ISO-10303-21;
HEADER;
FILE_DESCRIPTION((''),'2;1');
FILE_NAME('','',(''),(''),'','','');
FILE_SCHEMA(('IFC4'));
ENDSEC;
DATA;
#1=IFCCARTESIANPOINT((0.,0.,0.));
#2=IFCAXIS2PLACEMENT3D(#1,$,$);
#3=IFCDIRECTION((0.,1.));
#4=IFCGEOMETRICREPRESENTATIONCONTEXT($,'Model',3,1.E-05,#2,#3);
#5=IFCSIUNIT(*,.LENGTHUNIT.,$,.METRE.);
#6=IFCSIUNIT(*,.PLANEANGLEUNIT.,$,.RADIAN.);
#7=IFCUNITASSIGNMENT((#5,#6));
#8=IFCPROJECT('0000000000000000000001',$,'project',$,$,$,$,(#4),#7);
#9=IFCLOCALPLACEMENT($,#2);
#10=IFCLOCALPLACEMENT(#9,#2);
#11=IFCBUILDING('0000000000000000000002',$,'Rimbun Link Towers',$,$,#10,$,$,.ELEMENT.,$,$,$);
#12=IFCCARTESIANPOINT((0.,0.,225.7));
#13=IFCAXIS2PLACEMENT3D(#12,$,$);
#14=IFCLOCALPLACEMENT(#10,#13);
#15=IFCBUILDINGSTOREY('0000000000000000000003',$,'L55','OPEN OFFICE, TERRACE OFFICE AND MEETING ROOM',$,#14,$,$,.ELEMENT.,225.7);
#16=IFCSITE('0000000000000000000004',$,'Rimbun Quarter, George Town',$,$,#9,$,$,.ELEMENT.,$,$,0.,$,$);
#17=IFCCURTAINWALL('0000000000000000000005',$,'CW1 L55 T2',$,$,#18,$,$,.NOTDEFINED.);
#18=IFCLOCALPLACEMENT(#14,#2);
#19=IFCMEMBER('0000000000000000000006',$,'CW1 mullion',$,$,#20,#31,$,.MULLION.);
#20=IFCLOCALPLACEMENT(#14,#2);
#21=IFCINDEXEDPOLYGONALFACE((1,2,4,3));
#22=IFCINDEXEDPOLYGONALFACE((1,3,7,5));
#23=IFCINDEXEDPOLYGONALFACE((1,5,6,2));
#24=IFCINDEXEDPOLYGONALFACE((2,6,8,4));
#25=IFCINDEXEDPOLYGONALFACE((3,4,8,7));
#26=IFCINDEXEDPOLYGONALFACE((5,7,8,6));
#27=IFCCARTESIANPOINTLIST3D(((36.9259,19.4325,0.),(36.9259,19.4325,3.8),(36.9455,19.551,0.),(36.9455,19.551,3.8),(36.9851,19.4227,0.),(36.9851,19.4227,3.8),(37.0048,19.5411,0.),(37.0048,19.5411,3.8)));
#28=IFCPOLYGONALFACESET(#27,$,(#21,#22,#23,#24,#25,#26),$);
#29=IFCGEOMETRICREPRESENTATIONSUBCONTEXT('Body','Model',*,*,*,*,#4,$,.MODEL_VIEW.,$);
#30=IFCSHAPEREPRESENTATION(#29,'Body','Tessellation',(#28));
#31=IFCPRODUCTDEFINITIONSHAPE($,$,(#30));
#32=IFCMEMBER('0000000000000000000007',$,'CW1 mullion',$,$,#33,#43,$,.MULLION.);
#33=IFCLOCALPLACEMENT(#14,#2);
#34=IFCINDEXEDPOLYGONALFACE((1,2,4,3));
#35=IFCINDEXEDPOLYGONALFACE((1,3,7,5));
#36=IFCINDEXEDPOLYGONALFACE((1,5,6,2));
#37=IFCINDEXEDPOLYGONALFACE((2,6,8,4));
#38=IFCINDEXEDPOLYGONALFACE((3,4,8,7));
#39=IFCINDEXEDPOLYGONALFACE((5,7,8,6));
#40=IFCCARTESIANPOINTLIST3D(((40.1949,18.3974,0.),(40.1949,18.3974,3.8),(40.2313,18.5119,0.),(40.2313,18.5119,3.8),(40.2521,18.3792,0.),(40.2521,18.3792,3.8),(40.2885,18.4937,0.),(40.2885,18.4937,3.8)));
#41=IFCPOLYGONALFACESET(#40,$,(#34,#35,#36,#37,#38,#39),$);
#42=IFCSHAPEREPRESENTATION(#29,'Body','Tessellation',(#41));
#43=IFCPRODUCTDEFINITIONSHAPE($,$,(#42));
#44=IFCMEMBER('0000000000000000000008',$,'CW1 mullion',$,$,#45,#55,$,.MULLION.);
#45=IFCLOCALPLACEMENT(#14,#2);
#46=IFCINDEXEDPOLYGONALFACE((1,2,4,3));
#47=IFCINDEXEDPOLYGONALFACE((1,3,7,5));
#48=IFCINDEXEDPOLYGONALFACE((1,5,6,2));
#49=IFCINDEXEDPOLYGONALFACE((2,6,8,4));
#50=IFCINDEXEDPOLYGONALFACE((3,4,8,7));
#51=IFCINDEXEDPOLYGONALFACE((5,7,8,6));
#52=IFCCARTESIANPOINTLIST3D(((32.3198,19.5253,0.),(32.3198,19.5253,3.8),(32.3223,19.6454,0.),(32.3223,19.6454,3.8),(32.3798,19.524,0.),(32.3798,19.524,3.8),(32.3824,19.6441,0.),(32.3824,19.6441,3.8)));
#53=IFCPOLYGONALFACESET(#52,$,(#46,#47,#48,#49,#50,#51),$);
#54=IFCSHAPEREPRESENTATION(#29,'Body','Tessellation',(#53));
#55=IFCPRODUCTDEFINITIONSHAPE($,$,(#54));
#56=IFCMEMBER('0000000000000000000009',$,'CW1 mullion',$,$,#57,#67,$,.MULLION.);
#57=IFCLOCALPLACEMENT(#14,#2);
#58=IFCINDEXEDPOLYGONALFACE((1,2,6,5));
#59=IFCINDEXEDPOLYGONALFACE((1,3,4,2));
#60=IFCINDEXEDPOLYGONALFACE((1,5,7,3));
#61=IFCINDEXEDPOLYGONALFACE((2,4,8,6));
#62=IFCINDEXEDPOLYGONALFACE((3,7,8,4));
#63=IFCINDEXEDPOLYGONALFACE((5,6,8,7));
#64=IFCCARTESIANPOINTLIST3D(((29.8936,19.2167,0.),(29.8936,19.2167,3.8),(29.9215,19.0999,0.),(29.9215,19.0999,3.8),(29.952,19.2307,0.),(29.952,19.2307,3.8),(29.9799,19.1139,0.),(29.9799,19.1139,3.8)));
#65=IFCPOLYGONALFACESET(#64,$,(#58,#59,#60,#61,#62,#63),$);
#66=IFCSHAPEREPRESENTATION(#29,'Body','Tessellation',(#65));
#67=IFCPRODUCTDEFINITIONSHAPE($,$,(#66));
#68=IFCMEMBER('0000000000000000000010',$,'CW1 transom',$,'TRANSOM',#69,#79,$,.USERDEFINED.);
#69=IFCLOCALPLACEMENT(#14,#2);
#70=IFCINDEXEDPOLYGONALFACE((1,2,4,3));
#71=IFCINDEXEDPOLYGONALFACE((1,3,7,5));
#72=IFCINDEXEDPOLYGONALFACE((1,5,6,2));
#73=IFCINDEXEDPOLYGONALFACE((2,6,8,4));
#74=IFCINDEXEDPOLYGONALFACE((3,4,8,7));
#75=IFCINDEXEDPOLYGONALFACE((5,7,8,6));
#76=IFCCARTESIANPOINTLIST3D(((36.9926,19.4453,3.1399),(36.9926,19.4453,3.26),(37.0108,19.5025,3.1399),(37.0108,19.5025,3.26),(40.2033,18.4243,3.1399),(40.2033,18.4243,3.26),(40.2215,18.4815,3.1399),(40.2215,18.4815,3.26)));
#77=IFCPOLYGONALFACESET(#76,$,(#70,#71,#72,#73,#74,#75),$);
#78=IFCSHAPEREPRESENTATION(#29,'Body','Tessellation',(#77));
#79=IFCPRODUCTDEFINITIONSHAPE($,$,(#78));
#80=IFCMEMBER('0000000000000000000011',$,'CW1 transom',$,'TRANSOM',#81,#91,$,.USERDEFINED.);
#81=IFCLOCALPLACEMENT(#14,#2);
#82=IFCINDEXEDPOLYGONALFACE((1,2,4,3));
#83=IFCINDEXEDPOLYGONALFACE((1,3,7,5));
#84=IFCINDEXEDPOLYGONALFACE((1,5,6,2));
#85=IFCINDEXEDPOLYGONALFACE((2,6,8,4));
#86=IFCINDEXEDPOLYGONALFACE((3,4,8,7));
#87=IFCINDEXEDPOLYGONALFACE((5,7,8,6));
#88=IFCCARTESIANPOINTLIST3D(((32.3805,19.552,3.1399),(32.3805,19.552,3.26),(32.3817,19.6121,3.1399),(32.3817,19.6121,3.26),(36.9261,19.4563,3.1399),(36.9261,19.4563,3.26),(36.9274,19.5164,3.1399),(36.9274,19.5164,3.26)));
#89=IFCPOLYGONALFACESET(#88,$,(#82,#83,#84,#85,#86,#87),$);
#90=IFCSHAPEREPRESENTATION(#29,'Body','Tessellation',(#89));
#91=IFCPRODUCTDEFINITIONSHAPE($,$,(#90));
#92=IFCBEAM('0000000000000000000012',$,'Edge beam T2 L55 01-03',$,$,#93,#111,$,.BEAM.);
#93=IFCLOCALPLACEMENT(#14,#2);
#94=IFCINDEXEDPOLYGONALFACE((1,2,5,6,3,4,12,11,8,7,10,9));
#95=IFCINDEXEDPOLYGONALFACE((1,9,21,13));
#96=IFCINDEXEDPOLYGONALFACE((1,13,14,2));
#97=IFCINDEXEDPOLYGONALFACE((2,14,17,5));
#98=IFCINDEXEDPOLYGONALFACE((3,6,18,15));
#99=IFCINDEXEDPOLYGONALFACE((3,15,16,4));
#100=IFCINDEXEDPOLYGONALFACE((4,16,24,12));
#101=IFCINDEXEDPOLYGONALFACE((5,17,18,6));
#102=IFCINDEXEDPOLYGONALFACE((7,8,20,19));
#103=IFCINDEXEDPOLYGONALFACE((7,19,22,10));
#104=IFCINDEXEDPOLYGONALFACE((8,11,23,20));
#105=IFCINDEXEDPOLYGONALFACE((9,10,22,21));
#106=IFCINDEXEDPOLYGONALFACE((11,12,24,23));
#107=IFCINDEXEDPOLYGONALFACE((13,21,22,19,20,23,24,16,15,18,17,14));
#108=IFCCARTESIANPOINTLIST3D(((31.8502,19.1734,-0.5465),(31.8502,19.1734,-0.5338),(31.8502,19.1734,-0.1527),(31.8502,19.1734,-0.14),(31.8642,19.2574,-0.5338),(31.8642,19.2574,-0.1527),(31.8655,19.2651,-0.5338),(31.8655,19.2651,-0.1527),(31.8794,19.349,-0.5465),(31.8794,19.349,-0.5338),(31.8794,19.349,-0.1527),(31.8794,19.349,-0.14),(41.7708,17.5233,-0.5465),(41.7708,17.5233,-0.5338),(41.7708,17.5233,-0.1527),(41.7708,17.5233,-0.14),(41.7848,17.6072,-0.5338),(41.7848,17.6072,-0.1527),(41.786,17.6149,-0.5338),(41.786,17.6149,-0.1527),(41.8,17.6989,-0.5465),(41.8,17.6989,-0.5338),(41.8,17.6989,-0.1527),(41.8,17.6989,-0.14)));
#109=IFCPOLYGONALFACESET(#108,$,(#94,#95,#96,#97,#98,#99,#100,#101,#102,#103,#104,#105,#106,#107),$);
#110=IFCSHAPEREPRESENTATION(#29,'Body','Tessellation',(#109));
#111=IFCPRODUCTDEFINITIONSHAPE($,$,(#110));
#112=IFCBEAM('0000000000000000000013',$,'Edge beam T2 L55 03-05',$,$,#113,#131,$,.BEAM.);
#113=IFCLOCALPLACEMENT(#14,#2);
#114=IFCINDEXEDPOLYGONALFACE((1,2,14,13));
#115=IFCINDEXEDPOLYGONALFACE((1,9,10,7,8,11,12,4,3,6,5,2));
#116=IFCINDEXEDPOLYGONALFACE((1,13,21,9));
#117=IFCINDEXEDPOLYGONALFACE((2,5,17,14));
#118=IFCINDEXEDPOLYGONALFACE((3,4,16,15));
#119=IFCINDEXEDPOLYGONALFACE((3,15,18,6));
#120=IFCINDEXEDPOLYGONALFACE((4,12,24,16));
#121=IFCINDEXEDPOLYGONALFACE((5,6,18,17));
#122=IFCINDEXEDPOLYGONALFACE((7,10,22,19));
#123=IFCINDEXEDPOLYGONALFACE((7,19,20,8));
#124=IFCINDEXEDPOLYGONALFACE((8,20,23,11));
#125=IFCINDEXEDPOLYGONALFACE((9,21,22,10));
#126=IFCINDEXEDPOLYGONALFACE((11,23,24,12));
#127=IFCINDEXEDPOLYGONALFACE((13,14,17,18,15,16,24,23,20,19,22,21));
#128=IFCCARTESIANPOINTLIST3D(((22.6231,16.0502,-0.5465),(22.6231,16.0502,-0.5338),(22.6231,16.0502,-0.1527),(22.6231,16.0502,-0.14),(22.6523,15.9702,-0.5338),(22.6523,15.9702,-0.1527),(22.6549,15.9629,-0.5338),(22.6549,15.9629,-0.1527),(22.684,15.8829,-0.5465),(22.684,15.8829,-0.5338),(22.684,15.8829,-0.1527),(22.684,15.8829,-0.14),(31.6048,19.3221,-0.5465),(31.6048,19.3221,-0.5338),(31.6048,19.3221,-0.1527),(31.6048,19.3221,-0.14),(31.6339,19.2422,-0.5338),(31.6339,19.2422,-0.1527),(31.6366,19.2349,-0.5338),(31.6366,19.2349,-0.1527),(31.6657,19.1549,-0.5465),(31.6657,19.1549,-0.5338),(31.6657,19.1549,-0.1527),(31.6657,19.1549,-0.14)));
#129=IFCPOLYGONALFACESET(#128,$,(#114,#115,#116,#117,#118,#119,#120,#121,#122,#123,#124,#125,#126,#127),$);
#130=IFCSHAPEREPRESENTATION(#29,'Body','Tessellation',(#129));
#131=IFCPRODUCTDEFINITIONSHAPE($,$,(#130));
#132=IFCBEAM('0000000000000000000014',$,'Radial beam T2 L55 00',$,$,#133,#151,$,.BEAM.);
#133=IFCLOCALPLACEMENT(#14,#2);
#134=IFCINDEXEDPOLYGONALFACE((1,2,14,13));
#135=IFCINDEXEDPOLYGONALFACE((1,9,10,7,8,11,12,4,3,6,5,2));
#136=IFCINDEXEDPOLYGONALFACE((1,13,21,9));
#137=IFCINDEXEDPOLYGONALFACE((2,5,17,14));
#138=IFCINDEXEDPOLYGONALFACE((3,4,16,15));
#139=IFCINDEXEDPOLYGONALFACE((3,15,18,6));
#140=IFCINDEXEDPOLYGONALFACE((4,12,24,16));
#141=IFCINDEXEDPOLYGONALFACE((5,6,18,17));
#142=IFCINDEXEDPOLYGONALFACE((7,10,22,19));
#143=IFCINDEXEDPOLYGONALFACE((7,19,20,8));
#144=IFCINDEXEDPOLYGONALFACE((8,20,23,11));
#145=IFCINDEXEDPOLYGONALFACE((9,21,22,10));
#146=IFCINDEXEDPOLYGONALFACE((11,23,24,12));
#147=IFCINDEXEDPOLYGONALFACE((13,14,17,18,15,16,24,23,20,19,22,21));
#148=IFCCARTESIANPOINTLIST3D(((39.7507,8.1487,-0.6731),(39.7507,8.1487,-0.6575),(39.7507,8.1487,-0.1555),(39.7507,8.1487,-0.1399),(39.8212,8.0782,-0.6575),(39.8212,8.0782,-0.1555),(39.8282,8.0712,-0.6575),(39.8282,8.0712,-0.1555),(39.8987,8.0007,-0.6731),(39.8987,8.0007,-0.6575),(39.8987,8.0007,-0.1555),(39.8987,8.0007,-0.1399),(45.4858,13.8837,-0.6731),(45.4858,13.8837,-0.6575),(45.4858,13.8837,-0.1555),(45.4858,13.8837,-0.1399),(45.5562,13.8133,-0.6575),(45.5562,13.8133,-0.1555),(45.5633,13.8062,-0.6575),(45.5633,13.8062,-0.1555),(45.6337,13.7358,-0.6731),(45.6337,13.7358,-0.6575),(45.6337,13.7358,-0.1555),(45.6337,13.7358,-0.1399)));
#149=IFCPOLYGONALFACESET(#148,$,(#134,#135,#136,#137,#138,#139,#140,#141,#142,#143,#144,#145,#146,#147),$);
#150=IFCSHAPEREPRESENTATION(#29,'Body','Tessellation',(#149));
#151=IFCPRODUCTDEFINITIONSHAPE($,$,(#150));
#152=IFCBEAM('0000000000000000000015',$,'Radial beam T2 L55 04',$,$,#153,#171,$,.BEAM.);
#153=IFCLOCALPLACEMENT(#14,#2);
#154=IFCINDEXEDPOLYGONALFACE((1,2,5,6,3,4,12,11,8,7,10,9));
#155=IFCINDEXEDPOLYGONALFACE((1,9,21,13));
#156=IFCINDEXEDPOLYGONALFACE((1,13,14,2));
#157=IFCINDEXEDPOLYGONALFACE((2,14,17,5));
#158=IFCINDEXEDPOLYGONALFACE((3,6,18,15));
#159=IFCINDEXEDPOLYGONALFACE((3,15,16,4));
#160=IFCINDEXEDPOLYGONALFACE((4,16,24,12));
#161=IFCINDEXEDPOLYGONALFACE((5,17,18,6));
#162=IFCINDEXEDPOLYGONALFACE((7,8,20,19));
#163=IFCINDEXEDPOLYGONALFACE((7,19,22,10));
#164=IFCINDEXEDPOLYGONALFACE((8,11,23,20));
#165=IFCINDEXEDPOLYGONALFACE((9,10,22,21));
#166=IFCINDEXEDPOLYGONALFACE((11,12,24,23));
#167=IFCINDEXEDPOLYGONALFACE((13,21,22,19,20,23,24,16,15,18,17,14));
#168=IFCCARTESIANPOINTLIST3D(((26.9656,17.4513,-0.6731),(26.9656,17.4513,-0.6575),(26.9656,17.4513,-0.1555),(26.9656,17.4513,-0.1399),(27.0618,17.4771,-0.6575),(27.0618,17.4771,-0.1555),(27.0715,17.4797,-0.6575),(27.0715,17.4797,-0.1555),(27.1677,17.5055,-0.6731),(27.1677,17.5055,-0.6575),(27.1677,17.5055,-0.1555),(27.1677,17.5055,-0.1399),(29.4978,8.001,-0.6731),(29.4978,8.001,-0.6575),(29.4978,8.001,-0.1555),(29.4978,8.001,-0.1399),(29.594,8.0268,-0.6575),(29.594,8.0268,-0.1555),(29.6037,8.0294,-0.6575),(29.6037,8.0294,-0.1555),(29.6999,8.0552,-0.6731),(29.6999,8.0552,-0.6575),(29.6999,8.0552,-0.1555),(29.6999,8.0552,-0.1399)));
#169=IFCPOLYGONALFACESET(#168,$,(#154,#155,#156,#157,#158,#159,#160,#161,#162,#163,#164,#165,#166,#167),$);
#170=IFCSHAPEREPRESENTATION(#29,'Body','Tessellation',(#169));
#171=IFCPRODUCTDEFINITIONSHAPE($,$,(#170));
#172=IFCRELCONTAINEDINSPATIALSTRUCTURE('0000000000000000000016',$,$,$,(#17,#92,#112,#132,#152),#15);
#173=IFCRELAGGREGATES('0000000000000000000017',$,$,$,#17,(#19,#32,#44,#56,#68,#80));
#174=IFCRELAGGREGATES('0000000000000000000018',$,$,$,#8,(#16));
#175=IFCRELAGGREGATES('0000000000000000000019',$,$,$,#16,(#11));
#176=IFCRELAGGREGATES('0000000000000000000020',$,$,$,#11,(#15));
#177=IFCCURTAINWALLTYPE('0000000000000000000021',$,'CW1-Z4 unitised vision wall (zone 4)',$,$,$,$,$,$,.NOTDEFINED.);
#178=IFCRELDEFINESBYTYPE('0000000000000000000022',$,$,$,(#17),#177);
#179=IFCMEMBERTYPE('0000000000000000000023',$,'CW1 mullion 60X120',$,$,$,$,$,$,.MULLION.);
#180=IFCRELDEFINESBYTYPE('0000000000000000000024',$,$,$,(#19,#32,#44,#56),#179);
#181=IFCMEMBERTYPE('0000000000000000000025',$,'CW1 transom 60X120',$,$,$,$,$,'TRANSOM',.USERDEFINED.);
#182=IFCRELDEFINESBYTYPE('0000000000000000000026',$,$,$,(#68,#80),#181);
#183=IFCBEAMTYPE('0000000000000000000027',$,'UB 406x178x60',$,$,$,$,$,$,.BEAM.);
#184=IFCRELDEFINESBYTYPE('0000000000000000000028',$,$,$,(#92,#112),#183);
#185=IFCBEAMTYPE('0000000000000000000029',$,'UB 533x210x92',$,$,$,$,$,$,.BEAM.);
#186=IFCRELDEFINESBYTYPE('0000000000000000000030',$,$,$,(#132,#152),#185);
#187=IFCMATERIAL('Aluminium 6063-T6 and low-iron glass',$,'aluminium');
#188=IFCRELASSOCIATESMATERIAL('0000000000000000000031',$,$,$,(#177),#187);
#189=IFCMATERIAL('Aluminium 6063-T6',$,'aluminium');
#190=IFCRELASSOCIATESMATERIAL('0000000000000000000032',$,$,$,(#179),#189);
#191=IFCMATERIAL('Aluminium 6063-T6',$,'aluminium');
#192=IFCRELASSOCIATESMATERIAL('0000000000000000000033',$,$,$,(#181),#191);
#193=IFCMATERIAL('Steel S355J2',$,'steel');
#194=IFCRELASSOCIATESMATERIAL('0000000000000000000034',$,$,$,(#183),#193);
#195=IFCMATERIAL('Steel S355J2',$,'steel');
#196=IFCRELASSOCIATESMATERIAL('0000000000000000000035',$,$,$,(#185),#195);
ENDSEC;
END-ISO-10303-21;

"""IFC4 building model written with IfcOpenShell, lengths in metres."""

from ifc_helpers import new_model, si_unit, direction, frame, origin, origin_2d, place, context, subcontext, project, spatial, rectangle, i_section, extrude, material, material_profile, profile_set, type_object, element, aggregate, save


model = new_model("IFC4")

# Units and contexts
model_context = context("Model", 3, precision=1e-05, world=origin(), true_north=direction((0.0, 1.0)))
body_context = subcontext(model_context, "Body", "Model", "MODEL_VIEW")
ifc_project = project(units=[si_unit("LENGTHUNIT", "METRE"), si_unit("PLANEANGLEUNIT", "RADIAN")], contexts=[model_context])

# Site, building, storey
site_placement = place(None, origin())
site = spatial("IfcSite", under=ifc_project, at=site_placement, Name="Rimbun Quarter, George Town", CompositionType="ELEMENT", RefElevation=0.0)
building_placement = place(site_placement, origin())
building = spatial("IfcBuilding", under=site, at=building_placement, Name="Rimbun Link Towers", CompositionType="ELEMENT")
storey_placement = place(building_placement, frame((0.0, 0.0, 225.7)))
storey = spatial("IfcBuildingStorey", under=building, at=storey_placement, Name="L55", Description="OPEN OFFICE, TERRACE OFFICE AND MEETING ROOM", CompositionType="ELEMENT", Elevation=225.7)

# Curtain wall, members
ifc_material_1 = material(Name="Aluminium 6063-T6 and low-iron glass", Category="aluminium")
curtain_wall_type = type_object("IfcCurtainWallType", Name="CW1-Z4 unitised vision wall (zone 4)", PredefinedType="NOTDEFINED", material=ifc_material_1)
curtain_wall_placement = place(storey_placement, origin())
curtain_wall = element("IfcCurtainWall", 1, at=curtain_wall_placement, inside=storey, type_object=curtain_wall_type, Name="CW1 L55 T2", PredefinedType="NOTDEFINED")
ifc_material_2 = material(Name="Aluminium 6063-T6", Category="aluminium")
ifc_material_profile_1 = material_profile(ifc_material_2, rectangle(XDim=0.1201, YDim=0.0601, at=origin_2d()), Name="MULLION 60X120")
ifc_profile_set_1 = profile_set([ifc_material_profile_1], Name="Aluminium 6063-T6")
member_type_1 = type_object("IfcMemberType", Name="CW1 mullion 60X120", PredefinedType="MULLION", material=ifc_profile_set_1)
member_1_placement = place(storey_placement, frame((36.9653, 19.4868, 0.0), z_axis=(0.0, 0.0, 1.0), x_axis=(0.163742, 0.986503, 0.0)))
member_1 = element("IfcMember", 2, at=member_1_placement, type_object=member_type_1, Name="CW1 mullion", PredefinedType="MULLION", context=body_context, shape_type="SweptSolid", body=[
    extrude(rectangle(XDim=0.1201, YDim=0.0601, at=origin_2d()), origin(), (0.0, 0.0, 1.0), 3.8),
])
member_2_placement = place(storey_placement, frame((40.2417, 18.4456, 0.0), z_axis=(0.0, 0.0, 1.0), x_axis=(0.303053, 0.952974, 0.0)))
member_2 = element("IfcMember", 3, at=member_2_placement, type_object=member_type_1, Name="CW1 mullion", PredefinedType="MULLION", context=body_context, shape_type="SweptSolid", body=[
    extrude(rectangle(XDim=0.1201, YDim=0.0601, at=origin_2d()), origin(), (0.0, 0.0, 1.0), 3.8),
])
member_3_placement = place(storey_placement, frame((32.3511, 19.5847, 0.0), z_axis=(0.0, 0.0, 1.0), x_axis=(0.021069, 0.999778, 0.0)))
member_3 = element("IfcMember", 4, at=member_3_placement, type_object=member_type_1, Name="CW1 mullion", PredefinedType="MULLION", context=body_context, shape_type="SweptSolid", body=[
    extrude(rectangle(XDim=0.1201, YDim=0.0601, at=origin_2d()), origin(), (0.0, 0.0, 1.0), 3.8),
])
member_4_placement = place(storey_placement, frame((29.9368, 19.1653, 0.0), z_axis=(0.0, 0.0, 1.0), x_axis=(-0.232601, 0.972572, 0.0)))
member_4 = element("IfcMember", 5, at=member_4_placement, type_object=member_type_1, Name="CW1 mullion", PredefinedType="MULLION", context=body_context, shape_type="SweptSolid", body=[
    extrude(rectangle(XDim=0.1201, YDim=0.0601, at=origin_2d()), origin(), (0.0, 0.0, 1.0), 3.8),
])
ifc_material_3 = material(Name="Aluminium 6063-T6", Category="aluminium")
ifc_material_profile_2 = material_profile(ifc_material_3, rectangle(XDim=0.0601, YDim=0.1201, at=origin_2d()), Name="TRANSOM 60X120")
ifc_profile_set_2 = profile_set([ifc_material_profile_2], Name="Aluminium 6063-T6")
member_type_2 = type_object("IfcMemberType", Name="CW1 transom 60X120", ElementType="TRANSOM", PredefinedType="USERDEFINED", material=ifc_profile_set_2)
member_5_placement = place(storey_placement, frame((37.0017, 19.4739, 3.2), z_axis=(0.952976, -0.303045, 0.0), x_axis=(0.303045, 0.952976, 0.0)))
member_5 = element("IfcMember", 6, at=member_5_placement, type_object=member_type_2, Name="CW1 transom", ObjectType="TRANSOM", PredefinedType="USERDEFINED", context=body_context, shape_type="SweptSolid", body=[
    extrude(rectangle(XDim=0.0601, YDim=0.1201, at=origin_2d()), origin(), (0.0, 0.0, 1.0), 3.3691),
])
member_6_placement = place(storey_placement, frame((32.3811, 19.582, 3.2), z_axis=(0.999778, -0.021049, 0.0), x_axis=(0.021049, 0.999778, 0.0)))
member_6 = element("IfcMember", 7, at=member_6_placement, type_object=member_type_2, Name="CW1 transom", ObjectType="TRANSOM", PredefinedType="USERDEFINED", context=body_context, shape_type="SweptSolid", body=[
    extrude(rectangle(XDim=0.0601, YDim=0.1201, at=origin_2d()), origin(), (0.0, 0.0, 1.0), 4.5466),
])

# Beams
ifc_material_4 = material(Name="Steel S355J2", Category="steel")
ifc_material_profile_3 = material_profile(ifc_material_4, i_section(OverallWidth=0.178, OverallDepth=0.4065, WebThickness=0.0078, FlangeThickness=0.0127, at=origin_2d()), Name="UB 406x178x60")
ifc_profile_set_3 = profile_set([ifc_material_profile_3], Name="Steel S355J2")
beam_type_1 = type_object("IfcBeamType", Name="UB 406x178x60", PredefinedType="BEAM", material=ifc_profile_set_3)
beam_1_placement = place(storey_placement, frame((41.7854, 17.6111, -0.3433), z_axis=(-0.986447, 0.16408, 0.0), x_axis=(-0.16408, -0.986447, 0.0)))
element("IfcBeam", 8, at=beam_1_placement, inside=storey, type_object=beam_type_1, Name="Edge beam T2 L55 01-03", PredefinedType="BEAM", context=body_context, shape_type="SweptSolid", body=[
    extrude(i_section(OverallWidth=0.178, OverallDepth=0.4065, WebThickness=0.0078, FlangeThickness=0.0127, at=origin_2d()), origin(), (0.0, 0.0, 1.0), 10.0569),
])
beam_2_placement = place(storey_placement, frame((31.6353, 19.2385, -0.3433), z_axis=(-0.939595, -0.342288, 0.0), x_axis=(0.342288, -0.939595, 0.0)))
element("IfcBeam", 9, at=beam_2_placement, inside=storey, type_object=beam_type_1, Name="Edge beam T2 L55 03-05", PredefinedType="BEAM", context=body_context, shape_type="SweptSolid", body=[
    extrude(i_section(OverallWidth=0.178, OverallDepth=0.4065, WebThickness=0.0078, FlangeThickness=0.0127, at=origin_2d()), origin(), (0.0, 0.0, 1.0), 9.5591),
])
ifc_material_5 = material(Name="Steel S355J2", Category="steel")
ifc_material_profile_4 = material_profile(ifc_material_5, i_section(OverallWidth=0.2092, OverallDepth=0.5332, WebThickness=0.01, FlangeThickness=0.0156, at=origin_2d()), Name="UB 533x210x92")
ifc_profile_set_4 = profile_set([ifc_material_profile_4], Name="Steel S355J2")
beam_type_2 = type_object("IfcBeamType", Name="UB 533x210x92", PredefinedType="BEAM", material=ifc_profile_set_4)
beam_3_placement = place(storey_placement, frame((39.8247, 8.0747, -0.4065), z_axis=(0.707107, 0.707107, 0.0), x_axis=(-0.707107, 0.707107, 0.0)))
element("IfcBeam", 10, at=beam_3_placement, inside=storey, type_object=beam_type_2, Name="Radial beam T2 L55 00", PredefinedType="BEAM", context=body_context, shape_type="SweptSolid", body=[
    extrude(i_section(OverallWidth=0.2092, OverallDepth=0.5332, WebThickness=0.01, FlangeThickness=0.0156, at=origin_2d()), origin(), (0.0, 0.0, 1.0), 8.1106),
])
beam_4_placement = place(storey_placement, frame((29.5989, 8.0281, -0.4065), z_axis=(-0.258818, 0.965926, 0.0), x_axis=(-0.965926, -0.258818, 0.0)))
element("IfcBeam", 11, at=beam_4_placement, inside=storey, type_object=beam_type_2, Name="Radial beam T2 L55 04", PredefinedType="BEAM", context=body_context, shape_type="SweptSolid", body=[
    extrude(i_section(OverallWidth=0.2092, OverallDepth=0.5332, WebThickness=0.01, FlangeThickness=0.0156, at=origin_2d()), origin(), (0.0, 0.0, 1.0), 9.7837),
])

aggregate(curtain_wall, [member_1, member_2, member_3, member_4, member_5, member_6])

save(model, "model.ifc")
